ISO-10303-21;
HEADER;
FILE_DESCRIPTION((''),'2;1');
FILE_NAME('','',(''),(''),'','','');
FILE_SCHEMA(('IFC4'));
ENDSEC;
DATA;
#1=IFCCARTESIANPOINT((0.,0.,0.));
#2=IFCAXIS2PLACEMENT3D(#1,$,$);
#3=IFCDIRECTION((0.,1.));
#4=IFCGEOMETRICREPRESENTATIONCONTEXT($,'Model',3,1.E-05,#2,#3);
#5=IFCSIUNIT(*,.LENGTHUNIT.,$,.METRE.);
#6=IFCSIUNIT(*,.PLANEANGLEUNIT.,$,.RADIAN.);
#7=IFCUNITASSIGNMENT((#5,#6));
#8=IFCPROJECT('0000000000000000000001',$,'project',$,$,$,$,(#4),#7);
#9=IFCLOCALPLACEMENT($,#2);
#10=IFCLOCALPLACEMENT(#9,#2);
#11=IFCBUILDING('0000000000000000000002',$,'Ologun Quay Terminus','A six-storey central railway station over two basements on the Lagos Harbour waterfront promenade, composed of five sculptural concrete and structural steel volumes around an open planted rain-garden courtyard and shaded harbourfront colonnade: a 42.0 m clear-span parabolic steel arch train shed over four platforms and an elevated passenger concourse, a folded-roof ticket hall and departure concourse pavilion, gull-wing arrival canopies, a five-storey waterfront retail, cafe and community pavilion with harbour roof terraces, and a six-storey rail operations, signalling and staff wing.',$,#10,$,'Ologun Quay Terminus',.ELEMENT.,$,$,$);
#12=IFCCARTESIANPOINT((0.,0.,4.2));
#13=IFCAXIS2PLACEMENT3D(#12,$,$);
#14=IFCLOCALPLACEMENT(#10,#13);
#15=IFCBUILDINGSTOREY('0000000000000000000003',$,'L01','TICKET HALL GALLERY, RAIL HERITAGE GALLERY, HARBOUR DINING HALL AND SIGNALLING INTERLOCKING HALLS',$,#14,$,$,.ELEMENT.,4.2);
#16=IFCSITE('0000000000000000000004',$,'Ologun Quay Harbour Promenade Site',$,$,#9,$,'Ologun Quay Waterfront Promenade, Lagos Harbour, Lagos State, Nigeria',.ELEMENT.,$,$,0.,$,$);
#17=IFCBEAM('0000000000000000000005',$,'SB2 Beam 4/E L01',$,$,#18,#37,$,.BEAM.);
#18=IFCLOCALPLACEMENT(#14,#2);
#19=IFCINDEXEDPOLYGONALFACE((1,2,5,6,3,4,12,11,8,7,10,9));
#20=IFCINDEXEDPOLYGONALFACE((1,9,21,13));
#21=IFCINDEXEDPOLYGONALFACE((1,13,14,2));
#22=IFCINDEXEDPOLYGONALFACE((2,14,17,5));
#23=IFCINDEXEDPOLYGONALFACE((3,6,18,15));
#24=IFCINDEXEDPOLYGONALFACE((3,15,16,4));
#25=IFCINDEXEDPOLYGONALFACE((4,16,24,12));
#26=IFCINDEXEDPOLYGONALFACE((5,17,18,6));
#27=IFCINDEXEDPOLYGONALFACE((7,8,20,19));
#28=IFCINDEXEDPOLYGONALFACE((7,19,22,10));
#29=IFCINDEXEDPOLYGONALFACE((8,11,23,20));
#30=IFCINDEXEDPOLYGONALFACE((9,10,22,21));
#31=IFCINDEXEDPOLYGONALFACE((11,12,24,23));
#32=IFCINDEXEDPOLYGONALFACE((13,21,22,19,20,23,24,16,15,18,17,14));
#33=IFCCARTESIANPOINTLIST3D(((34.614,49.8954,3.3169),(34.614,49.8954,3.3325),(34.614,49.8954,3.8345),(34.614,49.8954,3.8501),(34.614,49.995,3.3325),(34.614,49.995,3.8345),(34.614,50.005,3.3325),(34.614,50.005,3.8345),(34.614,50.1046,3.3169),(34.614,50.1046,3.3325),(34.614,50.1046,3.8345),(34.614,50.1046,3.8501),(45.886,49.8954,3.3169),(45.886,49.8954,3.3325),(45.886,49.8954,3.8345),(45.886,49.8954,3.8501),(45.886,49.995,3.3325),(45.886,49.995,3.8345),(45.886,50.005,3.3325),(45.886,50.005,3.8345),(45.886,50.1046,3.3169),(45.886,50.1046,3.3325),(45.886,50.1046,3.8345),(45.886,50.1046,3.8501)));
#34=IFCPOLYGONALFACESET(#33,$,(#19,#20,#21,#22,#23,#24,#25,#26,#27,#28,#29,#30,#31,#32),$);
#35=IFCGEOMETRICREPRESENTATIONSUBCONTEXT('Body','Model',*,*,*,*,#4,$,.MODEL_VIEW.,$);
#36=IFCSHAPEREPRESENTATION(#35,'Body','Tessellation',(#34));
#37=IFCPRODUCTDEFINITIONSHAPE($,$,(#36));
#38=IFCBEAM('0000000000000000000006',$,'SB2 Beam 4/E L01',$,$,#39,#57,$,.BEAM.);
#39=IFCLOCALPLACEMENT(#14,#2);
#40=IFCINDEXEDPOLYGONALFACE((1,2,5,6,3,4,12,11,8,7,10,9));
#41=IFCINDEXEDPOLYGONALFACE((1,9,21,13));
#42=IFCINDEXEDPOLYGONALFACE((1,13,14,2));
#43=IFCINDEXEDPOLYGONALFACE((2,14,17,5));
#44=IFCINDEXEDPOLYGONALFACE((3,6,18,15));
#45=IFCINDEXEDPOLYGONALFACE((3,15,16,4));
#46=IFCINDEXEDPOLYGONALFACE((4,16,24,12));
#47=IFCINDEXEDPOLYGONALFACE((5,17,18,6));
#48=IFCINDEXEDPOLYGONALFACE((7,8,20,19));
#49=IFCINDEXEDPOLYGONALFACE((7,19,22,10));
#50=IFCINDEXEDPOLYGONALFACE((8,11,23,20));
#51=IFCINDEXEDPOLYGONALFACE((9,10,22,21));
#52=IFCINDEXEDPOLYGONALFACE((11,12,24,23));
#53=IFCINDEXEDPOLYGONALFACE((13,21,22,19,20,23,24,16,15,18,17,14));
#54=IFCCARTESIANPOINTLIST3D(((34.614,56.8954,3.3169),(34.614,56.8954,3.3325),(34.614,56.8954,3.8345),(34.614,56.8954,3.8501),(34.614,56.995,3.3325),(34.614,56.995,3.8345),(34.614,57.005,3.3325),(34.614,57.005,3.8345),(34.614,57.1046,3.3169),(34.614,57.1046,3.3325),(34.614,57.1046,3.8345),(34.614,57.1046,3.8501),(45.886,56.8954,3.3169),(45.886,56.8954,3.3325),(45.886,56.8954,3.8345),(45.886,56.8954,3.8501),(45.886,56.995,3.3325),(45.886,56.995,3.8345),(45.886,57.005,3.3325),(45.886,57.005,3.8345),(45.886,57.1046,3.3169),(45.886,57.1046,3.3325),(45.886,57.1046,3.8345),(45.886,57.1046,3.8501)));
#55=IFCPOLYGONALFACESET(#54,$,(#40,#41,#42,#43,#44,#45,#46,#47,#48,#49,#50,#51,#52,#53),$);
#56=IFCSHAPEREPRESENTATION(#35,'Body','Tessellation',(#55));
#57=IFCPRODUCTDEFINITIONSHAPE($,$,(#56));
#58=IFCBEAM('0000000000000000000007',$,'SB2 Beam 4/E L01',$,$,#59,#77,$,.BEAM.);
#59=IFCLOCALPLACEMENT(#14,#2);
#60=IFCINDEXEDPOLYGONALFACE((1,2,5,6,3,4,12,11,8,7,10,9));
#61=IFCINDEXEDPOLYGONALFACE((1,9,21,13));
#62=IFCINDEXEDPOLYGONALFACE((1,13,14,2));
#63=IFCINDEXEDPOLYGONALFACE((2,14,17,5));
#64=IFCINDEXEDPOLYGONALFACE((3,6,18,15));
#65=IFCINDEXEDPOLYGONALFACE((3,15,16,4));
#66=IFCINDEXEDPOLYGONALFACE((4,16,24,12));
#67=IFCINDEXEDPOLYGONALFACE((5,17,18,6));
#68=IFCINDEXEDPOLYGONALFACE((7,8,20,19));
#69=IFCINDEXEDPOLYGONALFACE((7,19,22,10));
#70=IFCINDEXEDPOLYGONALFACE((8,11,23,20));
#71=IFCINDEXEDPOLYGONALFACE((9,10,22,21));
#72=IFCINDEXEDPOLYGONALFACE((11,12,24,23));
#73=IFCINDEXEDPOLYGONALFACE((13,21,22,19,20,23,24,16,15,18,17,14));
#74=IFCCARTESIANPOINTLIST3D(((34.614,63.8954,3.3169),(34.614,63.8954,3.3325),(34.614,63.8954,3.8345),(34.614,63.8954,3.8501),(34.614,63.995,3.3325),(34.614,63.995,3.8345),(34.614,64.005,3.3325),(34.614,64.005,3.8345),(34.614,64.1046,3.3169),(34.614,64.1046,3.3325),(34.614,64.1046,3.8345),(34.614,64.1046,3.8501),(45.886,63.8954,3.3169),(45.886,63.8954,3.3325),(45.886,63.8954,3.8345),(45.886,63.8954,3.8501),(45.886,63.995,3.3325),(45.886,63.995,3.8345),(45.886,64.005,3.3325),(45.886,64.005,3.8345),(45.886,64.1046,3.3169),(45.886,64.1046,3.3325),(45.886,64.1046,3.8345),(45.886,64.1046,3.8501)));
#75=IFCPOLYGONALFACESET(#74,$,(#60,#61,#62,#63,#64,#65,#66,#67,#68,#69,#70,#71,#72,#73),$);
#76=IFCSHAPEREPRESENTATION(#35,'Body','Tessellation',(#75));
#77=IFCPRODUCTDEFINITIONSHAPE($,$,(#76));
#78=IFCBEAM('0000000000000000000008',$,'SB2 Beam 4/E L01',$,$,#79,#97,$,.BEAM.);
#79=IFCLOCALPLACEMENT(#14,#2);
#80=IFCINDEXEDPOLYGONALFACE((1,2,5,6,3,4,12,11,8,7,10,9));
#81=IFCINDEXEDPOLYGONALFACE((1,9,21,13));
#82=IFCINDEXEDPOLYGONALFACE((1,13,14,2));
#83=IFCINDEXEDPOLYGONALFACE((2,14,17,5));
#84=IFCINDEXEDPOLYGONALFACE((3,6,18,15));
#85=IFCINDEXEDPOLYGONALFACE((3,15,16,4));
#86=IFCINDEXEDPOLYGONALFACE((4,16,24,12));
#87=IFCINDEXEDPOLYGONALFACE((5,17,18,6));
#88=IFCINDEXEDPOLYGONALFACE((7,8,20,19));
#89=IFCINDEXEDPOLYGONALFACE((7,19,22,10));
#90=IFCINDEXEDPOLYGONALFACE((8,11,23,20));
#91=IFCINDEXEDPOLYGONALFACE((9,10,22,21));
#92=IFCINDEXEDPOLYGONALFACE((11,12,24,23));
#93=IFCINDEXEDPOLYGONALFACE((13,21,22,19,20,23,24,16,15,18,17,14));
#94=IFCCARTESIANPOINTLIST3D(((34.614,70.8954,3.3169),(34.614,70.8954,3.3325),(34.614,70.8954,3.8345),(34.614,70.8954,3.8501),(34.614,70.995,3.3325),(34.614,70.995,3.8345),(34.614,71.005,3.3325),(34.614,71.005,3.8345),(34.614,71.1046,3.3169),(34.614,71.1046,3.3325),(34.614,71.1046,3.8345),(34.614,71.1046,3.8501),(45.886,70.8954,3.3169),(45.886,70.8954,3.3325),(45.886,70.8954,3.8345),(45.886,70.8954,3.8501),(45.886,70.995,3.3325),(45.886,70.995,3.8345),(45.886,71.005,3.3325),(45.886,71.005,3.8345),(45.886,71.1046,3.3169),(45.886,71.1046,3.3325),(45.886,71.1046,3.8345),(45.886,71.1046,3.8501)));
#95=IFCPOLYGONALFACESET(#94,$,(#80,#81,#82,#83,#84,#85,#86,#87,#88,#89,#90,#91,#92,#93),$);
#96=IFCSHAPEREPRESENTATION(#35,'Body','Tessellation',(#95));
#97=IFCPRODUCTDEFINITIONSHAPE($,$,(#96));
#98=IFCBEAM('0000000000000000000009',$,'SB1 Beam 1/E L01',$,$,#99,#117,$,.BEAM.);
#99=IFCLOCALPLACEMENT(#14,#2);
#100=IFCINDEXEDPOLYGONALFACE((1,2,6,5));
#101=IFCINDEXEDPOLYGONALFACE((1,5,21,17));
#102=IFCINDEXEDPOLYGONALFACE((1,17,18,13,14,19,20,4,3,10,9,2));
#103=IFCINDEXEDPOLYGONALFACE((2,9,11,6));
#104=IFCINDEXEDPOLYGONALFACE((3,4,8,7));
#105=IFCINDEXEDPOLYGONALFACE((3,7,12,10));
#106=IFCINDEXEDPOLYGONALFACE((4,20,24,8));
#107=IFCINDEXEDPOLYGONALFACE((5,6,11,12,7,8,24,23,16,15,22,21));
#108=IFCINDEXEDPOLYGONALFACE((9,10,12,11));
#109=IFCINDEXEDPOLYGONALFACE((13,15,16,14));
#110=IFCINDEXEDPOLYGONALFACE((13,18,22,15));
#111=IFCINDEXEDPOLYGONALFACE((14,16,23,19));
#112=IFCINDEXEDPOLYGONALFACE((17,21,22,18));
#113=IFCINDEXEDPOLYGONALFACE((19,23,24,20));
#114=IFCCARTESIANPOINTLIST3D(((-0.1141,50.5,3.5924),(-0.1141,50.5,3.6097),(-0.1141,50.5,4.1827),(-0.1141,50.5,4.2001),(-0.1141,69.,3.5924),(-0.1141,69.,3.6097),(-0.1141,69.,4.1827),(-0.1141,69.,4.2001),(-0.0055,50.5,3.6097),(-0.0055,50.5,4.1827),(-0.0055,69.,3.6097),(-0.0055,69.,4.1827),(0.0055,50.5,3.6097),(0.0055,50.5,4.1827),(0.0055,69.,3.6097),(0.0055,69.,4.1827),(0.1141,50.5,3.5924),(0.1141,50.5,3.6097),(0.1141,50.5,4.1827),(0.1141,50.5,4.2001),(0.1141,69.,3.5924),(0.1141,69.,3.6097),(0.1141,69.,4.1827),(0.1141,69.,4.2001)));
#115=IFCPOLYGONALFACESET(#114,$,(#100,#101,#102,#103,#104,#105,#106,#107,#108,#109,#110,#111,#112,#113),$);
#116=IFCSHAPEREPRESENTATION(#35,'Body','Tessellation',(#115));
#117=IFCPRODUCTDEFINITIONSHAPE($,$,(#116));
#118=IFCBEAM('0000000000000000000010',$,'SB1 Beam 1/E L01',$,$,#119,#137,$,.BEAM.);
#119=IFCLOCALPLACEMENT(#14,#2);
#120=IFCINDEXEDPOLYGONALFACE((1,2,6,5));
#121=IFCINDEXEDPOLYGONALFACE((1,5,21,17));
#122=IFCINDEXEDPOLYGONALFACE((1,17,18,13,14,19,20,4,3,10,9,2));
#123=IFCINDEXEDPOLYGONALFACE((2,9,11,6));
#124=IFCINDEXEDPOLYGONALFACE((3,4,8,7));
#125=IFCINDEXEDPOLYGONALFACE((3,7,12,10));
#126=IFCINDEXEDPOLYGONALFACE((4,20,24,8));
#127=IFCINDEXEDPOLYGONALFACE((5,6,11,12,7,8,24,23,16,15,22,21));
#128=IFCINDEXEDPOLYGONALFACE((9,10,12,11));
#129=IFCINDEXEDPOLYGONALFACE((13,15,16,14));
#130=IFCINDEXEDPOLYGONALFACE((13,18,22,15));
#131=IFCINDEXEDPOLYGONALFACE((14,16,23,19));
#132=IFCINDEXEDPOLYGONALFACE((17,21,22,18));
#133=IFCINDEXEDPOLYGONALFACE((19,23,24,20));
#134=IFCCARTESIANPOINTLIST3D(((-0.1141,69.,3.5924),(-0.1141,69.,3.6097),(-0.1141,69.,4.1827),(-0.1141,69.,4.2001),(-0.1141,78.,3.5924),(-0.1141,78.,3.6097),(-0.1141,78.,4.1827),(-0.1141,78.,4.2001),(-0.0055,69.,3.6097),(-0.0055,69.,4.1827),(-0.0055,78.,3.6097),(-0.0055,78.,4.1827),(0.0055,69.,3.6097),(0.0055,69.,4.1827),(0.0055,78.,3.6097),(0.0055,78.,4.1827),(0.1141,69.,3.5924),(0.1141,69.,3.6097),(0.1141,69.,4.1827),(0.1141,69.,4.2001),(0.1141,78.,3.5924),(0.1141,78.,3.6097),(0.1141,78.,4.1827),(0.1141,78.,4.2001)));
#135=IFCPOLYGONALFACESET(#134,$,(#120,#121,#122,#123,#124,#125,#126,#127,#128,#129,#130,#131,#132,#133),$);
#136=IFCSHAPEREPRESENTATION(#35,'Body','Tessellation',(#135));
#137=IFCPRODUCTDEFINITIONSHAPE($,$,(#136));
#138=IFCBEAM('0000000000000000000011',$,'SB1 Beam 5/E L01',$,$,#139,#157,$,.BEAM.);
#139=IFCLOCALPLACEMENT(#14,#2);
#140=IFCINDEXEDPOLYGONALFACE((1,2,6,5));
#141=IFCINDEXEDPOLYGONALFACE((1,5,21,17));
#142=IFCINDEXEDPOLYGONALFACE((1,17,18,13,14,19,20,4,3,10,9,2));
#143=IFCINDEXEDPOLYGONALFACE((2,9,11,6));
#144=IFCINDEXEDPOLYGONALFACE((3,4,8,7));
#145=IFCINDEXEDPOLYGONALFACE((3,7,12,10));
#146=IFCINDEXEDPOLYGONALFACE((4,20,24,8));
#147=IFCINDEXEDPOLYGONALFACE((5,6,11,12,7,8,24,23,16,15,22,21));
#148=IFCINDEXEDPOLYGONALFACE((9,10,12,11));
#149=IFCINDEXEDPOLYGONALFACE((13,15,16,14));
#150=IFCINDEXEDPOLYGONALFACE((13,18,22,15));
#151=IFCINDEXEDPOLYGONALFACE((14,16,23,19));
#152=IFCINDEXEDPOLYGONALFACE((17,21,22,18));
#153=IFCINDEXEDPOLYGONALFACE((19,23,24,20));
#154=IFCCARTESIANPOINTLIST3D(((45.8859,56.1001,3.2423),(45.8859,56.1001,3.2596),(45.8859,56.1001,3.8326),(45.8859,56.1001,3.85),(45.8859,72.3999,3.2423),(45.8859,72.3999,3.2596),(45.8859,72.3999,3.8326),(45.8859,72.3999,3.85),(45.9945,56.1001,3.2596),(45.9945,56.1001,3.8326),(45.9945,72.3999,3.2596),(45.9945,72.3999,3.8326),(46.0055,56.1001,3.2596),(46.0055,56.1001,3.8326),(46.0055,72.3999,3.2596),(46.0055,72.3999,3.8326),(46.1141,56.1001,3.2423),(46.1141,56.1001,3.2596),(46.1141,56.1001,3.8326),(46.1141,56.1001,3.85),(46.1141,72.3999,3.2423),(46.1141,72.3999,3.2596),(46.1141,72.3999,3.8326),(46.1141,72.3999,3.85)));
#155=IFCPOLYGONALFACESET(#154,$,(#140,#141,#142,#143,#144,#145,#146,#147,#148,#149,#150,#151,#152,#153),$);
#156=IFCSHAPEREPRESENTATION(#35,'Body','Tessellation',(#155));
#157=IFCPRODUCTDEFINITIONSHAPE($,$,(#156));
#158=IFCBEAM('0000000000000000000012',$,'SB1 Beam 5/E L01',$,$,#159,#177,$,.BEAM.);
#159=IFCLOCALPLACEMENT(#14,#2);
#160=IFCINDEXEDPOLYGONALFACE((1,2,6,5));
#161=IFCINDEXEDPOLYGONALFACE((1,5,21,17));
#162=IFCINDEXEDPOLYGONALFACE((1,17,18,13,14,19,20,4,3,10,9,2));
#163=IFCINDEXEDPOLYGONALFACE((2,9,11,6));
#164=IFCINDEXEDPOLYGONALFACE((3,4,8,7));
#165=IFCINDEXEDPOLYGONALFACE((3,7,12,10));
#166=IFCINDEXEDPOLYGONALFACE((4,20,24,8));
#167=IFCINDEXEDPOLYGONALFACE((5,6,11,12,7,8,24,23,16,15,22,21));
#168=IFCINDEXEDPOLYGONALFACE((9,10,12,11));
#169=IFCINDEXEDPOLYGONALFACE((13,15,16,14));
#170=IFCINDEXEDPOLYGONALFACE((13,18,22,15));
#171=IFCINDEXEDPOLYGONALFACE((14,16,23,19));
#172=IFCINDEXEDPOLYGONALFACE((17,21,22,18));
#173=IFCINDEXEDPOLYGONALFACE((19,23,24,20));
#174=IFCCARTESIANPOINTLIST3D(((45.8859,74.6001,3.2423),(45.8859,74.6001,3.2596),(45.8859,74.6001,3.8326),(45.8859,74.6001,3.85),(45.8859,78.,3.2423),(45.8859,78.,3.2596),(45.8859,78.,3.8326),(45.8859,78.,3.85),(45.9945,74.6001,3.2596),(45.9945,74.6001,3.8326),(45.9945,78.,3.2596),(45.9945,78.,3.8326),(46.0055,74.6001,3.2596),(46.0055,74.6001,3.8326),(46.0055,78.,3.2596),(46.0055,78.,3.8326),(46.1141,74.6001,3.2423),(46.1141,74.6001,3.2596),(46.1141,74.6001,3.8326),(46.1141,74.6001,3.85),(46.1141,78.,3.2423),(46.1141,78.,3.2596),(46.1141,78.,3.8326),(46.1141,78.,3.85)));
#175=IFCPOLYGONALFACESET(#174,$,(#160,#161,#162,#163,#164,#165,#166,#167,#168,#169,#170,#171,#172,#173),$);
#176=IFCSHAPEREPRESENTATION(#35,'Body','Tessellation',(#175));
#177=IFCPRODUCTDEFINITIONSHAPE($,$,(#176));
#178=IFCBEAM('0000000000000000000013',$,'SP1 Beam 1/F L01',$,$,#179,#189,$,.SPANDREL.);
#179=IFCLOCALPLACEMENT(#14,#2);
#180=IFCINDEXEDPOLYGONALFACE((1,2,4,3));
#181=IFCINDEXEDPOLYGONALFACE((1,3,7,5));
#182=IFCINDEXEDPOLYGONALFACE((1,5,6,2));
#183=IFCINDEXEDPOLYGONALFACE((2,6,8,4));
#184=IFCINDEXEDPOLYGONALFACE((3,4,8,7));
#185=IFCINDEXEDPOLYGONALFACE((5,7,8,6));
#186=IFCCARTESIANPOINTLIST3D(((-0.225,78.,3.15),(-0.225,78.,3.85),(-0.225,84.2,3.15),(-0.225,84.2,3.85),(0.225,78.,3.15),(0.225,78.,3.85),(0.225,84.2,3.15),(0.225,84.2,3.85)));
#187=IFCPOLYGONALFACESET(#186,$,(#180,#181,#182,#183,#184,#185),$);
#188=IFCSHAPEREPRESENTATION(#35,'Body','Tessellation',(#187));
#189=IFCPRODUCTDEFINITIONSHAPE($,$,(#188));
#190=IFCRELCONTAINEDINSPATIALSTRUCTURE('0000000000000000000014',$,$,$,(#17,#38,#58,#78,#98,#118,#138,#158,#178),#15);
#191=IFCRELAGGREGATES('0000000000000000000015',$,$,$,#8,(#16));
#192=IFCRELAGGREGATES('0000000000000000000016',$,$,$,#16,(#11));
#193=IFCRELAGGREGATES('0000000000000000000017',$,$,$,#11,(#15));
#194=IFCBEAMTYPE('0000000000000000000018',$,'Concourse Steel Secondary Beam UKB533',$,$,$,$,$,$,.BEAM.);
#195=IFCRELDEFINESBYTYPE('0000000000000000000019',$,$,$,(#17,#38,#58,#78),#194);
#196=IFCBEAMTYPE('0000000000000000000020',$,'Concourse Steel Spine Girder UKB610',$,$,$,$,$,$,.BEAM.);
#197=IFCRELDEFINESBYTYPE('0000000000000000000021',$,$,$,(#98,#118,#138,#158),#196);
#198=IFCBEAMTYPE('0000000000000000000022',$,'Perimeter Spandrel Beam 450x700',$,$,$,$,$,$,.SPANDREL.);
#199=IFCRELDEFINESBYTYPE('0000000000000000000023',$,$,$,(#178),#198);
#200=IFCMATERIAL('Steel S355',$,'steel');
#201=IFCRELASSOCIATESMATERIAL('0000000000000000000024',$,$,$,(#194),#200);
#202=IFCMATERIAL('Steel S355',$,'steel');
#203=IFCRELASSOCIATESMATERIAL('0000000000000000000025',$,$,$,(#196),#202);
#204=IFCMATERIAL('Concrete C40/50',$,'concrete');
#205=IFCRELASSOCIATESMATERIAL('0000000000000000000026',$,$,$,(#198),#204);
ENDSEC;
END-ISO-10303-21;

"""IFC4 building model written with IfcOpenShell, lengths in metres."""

from ifc_helpers import new_model, si_unit, direction, frame, origin, origin_2d, place, context, subcontext, project, spatial, rectangle, i_section, extrude, material, material_profile, profile_set, type_object, element, save


model = new_model("IFC4")

# Units and contexts
model_context = context("Model", 3, precision=1e-05, world=origin(), true_north=direction((0.0, 1.0)))
body_context = subcontext(model_context, "Body", "Model", "MODEL_VIEW")
ifc_project = project(units=[si_unit("LENGTHUNIT", "METRE"), si_unit("PLANEANGLEUNIT", "RADIAN")], contexts=[model_context])

# Site, building, storey
site_placement = place(None, origin())
site = spatial("IfcSite", under=ifc_project, at=site_placement, Name="Ologun Quay Harbour Promenade Site", LongName="Ologun Quay Waterfront Promenade, Lagos Harbour, Lagos State, Nigeria", CompositionType="ELEMENT", RefElevation=0.0)
building_placement = place(site_placement, origin())
building = spatial("IfcBuilding", under=site, at=building_placement, Name="Ologun Quay Terminus", Description="A six-storey central railway station over two basements on the Lagos Harbour waterfront promenade, composed of five sculptural concrete and structural steel volumes around an open planted rain-garden courtyard and shaded harbourfront colonnade: a 42.0 m clear-span parabolic steel arch train shed over four platforms and an elevated passenger concourse, a folded-roof ticket hall and departure concourse pavilion, gull-wing arrival canopies, a five-storey waterfront retail, cafe and community pavilion with harbour roof terraces, and a six-storey rail operations, signalling and staff wing.", LongName="Ologun Quay Terminus", CompositionType="ELEMENT")
storey_placement = place(building_placement, frame((0.0, 0.0, 4.2)))
storey = spatial("IfcBuildingStorey", under=building, at=storey_placement, Name="L01", Description="TICKET HALL GALLERY, RAIL HERITAGE GALLERY, HARBOUR DINING HALL AND SIGNALLING INTERLOCKING HALLS", CompositionType="ELEMENT", Elevation=4.2)

# Beams
ifc_material_1 = material(Name="Steel S355", Category="steel")
ifc_material_profile_1 = material_profile(ifc_material_1, i_section(OverallWidth=0.2092, OverallDepth=0.5332, WebThickness=0.01, FlangeThickness=0.0156, at=origin_2d()), Name="UKB 533x210x92")
ifc_profile_set_1 = profile_set([ifc_material_profile_1], Name="Steel S355")
beam_type_1 = type_object("IfcBeamType", Name="Concourse Steel Secondary Beam UKB533", PredefinedType="BEAM", material=ifc_profile_set_1)
for number, where, z_axis, x_axis, name in (
    (1, (34.614, 50.0, 3.5835), (1.0, 0.0, 0.0), (0.0, 1.0, 0.0), "SB2 Beam 4/E L01"),
    (2, (34.614, 57.0, 3.5835), (1.0, 0.0, 0.0), (0.0, 1.0, 0.0), "SB2 Beam 4/E L01"),
    (3, (34.614, 64.0, 3.5835), (1.0, 0.0, 0.0), (0.0, 1.0, 0.0), "SB2 Beam 4/E L01"),
    (4, (34.614, 71.0, 3.5835), (1.0, 0.0, 0.0), (0.0, 1.0, 0.0), "SB2 Beam 4/E L01"),
):
    element("IfcBeam", number, at=place(storey_placement, frame(where, z_axis=z_axis, x_axis=x_axis)), inside=storey, type_object=beam_type_1, Name=name, PredefinedType="BEAM", context=body_context, shape_type="SweptSolid", body=[
        extrude(i_section(OverallWidth=0.2092, OverallDepth=0.5332, WebThickness=0.01, FlangeThickness=0.0156, at=origin_2d()), origin(), (0.0, 0.0, 1.0), 11.272),
    ])
ifc_material_2 = material(Name="Steel S355", Category="steel")
ifc_material_profile_2 = material_profile(ifc_material_2, i_section(OverallWidth=0.2283, OverallDepth=0.6077, WebThickness=0.011, FlangeThickness=0.0173, at=origin_2d()), Name="UKB 610x229x113")
ifc_profile_set_2 = profile_set([ifc_material_profile_2], Name="Steel S355")
beam_type_2 = type_object("IfcBeamType", Name="Concourse Steel Spine Girder UKB610", PredefinedType="BEAM", material=ifc_profile_set_2)
beam_1_placement = place(storey_placement, frame((0.0, 50.5, 3.8962), z_axis=(0.0, 1.0, 0.0), x_axis=(-1.0, 0.0, 0.0)))
element("IfcBeam", 5, at=beam_1_placement, inside=storey, type_object=beam_type_2, Name="SB1 Beam 1/E L01", PredefinedType="BEAM", context=body_context, shape_type="SweptSolid", body=[
    extrude(i_section(OverallWidth=0.2283, OverallDepth=0.6077, WebThickness=0.011, FlangeThickness=0.0173, at=origin_2d()), origin(), (0.0, 0.0, 1.0), 18.5),
])
beam_2_placement = place(storey_placement, frame((0.0, 69.0, 3.8962), z_axis=(0.0, 1.0, 0.0), x_axis=(-1.0, 0.0, 0.0)))
element("IfcBeam", 6, at=beam_2_placement, inside=storey, type_object=beam_type_2, Name="SB1 Beam 1/E L01", PredefinedType="BEAM", context=body_context, shape_type="SweptSolid", body=[
    extrude(i_section(OverallWidth=0.2283, OverallDepth=0.6077, WebThickness=0.011, FlangeThickness=0.0173, at=origin_2d()), origin(), (0.0, 0.0, 1.0), 9.0),
])
beam_3_placement = place(storey_placement, frame((46.0, 56.1001, 3.5461), z_axis=(0.0, 1.0, 0.0), x_axis=(-1.0, 0.0, 0.0)))
element("IfcBeam", 7, at=beam_3_placement, inside=storey, type_object=beam_type_2, Name="SB1 Beam 5/E L01", PredefinedType="BEAM", context=body_context, shape_type="SweptSolid", body=[
    extrude(i_section(OverallWidth=0.2283, OverallDepth=0.6077, WebThickness=0.011, FlangeThickness=0.0173, at=origin_2d()), origin(), (0.0, 0.0, 1.0), 16.2998),
])
beam_4_placement = place(storey_placement, frame((46.0, 74.6001, 3.5461), z_axis=(0.0, 1.0, 0.0), x_axis=(-1.0, 0.0, 0.0)))
element("IfcBeam", 8, at=beam_4_placement, inside=storey, type_object=beam_type_2, Name="SB1 Beam 5/E L01", PredefinedType="BEAM", context=body_context, shape_type="SweptSolid", body=[
    extrude(i_section(OverallWidth=0.2283, OverallDepth=0.6077, WebThickness=0.011, FlangeThickness=0.0173, at=origin_2d()), origin(), (0.0, 0.0, 1.0), 3.3999),
])
ifc_material_3 = material(Name="Concrete C40/50", Category="concrete")
ifc_material_profile_3 = material_profile(ifc_material_3, rectangle(XDim=0.45, YDim=0.7, at=origin_2d()), Name="RC 450x700")
ifc_profile_set_3 = profile_set([ifc_material_profile_3], Name="Concrete C40/50")
beam_type_3 = type_object("IfcBeamType", Name="Perimeter Spandrel Beam 450x700", PredefinedType="SPANDREL", material=ifc_profile_set_3)
beam_5_placement = place(storey_placement, frame((0.0, 78.0, 3.5), z_axis=(0.0, 1.0, 0.0), x_axis=(-1.0, 0.0, 0.0)))
element("IfcBeam", 9, at=beam_5_placement, inside=storey, type_object=beam_type_3, Name="SP1 Beam 1/F L01", PredefinedType="SPANDREL", context=body_context, shape_type="SweptSolid", body=[
    extrude(rectangle(XDim=0.45, YDim=0.7, at=origin_2d()), origin(), (0.0, 0.0, 1.0), 6.2),
])

save(model, "model.ifc")
